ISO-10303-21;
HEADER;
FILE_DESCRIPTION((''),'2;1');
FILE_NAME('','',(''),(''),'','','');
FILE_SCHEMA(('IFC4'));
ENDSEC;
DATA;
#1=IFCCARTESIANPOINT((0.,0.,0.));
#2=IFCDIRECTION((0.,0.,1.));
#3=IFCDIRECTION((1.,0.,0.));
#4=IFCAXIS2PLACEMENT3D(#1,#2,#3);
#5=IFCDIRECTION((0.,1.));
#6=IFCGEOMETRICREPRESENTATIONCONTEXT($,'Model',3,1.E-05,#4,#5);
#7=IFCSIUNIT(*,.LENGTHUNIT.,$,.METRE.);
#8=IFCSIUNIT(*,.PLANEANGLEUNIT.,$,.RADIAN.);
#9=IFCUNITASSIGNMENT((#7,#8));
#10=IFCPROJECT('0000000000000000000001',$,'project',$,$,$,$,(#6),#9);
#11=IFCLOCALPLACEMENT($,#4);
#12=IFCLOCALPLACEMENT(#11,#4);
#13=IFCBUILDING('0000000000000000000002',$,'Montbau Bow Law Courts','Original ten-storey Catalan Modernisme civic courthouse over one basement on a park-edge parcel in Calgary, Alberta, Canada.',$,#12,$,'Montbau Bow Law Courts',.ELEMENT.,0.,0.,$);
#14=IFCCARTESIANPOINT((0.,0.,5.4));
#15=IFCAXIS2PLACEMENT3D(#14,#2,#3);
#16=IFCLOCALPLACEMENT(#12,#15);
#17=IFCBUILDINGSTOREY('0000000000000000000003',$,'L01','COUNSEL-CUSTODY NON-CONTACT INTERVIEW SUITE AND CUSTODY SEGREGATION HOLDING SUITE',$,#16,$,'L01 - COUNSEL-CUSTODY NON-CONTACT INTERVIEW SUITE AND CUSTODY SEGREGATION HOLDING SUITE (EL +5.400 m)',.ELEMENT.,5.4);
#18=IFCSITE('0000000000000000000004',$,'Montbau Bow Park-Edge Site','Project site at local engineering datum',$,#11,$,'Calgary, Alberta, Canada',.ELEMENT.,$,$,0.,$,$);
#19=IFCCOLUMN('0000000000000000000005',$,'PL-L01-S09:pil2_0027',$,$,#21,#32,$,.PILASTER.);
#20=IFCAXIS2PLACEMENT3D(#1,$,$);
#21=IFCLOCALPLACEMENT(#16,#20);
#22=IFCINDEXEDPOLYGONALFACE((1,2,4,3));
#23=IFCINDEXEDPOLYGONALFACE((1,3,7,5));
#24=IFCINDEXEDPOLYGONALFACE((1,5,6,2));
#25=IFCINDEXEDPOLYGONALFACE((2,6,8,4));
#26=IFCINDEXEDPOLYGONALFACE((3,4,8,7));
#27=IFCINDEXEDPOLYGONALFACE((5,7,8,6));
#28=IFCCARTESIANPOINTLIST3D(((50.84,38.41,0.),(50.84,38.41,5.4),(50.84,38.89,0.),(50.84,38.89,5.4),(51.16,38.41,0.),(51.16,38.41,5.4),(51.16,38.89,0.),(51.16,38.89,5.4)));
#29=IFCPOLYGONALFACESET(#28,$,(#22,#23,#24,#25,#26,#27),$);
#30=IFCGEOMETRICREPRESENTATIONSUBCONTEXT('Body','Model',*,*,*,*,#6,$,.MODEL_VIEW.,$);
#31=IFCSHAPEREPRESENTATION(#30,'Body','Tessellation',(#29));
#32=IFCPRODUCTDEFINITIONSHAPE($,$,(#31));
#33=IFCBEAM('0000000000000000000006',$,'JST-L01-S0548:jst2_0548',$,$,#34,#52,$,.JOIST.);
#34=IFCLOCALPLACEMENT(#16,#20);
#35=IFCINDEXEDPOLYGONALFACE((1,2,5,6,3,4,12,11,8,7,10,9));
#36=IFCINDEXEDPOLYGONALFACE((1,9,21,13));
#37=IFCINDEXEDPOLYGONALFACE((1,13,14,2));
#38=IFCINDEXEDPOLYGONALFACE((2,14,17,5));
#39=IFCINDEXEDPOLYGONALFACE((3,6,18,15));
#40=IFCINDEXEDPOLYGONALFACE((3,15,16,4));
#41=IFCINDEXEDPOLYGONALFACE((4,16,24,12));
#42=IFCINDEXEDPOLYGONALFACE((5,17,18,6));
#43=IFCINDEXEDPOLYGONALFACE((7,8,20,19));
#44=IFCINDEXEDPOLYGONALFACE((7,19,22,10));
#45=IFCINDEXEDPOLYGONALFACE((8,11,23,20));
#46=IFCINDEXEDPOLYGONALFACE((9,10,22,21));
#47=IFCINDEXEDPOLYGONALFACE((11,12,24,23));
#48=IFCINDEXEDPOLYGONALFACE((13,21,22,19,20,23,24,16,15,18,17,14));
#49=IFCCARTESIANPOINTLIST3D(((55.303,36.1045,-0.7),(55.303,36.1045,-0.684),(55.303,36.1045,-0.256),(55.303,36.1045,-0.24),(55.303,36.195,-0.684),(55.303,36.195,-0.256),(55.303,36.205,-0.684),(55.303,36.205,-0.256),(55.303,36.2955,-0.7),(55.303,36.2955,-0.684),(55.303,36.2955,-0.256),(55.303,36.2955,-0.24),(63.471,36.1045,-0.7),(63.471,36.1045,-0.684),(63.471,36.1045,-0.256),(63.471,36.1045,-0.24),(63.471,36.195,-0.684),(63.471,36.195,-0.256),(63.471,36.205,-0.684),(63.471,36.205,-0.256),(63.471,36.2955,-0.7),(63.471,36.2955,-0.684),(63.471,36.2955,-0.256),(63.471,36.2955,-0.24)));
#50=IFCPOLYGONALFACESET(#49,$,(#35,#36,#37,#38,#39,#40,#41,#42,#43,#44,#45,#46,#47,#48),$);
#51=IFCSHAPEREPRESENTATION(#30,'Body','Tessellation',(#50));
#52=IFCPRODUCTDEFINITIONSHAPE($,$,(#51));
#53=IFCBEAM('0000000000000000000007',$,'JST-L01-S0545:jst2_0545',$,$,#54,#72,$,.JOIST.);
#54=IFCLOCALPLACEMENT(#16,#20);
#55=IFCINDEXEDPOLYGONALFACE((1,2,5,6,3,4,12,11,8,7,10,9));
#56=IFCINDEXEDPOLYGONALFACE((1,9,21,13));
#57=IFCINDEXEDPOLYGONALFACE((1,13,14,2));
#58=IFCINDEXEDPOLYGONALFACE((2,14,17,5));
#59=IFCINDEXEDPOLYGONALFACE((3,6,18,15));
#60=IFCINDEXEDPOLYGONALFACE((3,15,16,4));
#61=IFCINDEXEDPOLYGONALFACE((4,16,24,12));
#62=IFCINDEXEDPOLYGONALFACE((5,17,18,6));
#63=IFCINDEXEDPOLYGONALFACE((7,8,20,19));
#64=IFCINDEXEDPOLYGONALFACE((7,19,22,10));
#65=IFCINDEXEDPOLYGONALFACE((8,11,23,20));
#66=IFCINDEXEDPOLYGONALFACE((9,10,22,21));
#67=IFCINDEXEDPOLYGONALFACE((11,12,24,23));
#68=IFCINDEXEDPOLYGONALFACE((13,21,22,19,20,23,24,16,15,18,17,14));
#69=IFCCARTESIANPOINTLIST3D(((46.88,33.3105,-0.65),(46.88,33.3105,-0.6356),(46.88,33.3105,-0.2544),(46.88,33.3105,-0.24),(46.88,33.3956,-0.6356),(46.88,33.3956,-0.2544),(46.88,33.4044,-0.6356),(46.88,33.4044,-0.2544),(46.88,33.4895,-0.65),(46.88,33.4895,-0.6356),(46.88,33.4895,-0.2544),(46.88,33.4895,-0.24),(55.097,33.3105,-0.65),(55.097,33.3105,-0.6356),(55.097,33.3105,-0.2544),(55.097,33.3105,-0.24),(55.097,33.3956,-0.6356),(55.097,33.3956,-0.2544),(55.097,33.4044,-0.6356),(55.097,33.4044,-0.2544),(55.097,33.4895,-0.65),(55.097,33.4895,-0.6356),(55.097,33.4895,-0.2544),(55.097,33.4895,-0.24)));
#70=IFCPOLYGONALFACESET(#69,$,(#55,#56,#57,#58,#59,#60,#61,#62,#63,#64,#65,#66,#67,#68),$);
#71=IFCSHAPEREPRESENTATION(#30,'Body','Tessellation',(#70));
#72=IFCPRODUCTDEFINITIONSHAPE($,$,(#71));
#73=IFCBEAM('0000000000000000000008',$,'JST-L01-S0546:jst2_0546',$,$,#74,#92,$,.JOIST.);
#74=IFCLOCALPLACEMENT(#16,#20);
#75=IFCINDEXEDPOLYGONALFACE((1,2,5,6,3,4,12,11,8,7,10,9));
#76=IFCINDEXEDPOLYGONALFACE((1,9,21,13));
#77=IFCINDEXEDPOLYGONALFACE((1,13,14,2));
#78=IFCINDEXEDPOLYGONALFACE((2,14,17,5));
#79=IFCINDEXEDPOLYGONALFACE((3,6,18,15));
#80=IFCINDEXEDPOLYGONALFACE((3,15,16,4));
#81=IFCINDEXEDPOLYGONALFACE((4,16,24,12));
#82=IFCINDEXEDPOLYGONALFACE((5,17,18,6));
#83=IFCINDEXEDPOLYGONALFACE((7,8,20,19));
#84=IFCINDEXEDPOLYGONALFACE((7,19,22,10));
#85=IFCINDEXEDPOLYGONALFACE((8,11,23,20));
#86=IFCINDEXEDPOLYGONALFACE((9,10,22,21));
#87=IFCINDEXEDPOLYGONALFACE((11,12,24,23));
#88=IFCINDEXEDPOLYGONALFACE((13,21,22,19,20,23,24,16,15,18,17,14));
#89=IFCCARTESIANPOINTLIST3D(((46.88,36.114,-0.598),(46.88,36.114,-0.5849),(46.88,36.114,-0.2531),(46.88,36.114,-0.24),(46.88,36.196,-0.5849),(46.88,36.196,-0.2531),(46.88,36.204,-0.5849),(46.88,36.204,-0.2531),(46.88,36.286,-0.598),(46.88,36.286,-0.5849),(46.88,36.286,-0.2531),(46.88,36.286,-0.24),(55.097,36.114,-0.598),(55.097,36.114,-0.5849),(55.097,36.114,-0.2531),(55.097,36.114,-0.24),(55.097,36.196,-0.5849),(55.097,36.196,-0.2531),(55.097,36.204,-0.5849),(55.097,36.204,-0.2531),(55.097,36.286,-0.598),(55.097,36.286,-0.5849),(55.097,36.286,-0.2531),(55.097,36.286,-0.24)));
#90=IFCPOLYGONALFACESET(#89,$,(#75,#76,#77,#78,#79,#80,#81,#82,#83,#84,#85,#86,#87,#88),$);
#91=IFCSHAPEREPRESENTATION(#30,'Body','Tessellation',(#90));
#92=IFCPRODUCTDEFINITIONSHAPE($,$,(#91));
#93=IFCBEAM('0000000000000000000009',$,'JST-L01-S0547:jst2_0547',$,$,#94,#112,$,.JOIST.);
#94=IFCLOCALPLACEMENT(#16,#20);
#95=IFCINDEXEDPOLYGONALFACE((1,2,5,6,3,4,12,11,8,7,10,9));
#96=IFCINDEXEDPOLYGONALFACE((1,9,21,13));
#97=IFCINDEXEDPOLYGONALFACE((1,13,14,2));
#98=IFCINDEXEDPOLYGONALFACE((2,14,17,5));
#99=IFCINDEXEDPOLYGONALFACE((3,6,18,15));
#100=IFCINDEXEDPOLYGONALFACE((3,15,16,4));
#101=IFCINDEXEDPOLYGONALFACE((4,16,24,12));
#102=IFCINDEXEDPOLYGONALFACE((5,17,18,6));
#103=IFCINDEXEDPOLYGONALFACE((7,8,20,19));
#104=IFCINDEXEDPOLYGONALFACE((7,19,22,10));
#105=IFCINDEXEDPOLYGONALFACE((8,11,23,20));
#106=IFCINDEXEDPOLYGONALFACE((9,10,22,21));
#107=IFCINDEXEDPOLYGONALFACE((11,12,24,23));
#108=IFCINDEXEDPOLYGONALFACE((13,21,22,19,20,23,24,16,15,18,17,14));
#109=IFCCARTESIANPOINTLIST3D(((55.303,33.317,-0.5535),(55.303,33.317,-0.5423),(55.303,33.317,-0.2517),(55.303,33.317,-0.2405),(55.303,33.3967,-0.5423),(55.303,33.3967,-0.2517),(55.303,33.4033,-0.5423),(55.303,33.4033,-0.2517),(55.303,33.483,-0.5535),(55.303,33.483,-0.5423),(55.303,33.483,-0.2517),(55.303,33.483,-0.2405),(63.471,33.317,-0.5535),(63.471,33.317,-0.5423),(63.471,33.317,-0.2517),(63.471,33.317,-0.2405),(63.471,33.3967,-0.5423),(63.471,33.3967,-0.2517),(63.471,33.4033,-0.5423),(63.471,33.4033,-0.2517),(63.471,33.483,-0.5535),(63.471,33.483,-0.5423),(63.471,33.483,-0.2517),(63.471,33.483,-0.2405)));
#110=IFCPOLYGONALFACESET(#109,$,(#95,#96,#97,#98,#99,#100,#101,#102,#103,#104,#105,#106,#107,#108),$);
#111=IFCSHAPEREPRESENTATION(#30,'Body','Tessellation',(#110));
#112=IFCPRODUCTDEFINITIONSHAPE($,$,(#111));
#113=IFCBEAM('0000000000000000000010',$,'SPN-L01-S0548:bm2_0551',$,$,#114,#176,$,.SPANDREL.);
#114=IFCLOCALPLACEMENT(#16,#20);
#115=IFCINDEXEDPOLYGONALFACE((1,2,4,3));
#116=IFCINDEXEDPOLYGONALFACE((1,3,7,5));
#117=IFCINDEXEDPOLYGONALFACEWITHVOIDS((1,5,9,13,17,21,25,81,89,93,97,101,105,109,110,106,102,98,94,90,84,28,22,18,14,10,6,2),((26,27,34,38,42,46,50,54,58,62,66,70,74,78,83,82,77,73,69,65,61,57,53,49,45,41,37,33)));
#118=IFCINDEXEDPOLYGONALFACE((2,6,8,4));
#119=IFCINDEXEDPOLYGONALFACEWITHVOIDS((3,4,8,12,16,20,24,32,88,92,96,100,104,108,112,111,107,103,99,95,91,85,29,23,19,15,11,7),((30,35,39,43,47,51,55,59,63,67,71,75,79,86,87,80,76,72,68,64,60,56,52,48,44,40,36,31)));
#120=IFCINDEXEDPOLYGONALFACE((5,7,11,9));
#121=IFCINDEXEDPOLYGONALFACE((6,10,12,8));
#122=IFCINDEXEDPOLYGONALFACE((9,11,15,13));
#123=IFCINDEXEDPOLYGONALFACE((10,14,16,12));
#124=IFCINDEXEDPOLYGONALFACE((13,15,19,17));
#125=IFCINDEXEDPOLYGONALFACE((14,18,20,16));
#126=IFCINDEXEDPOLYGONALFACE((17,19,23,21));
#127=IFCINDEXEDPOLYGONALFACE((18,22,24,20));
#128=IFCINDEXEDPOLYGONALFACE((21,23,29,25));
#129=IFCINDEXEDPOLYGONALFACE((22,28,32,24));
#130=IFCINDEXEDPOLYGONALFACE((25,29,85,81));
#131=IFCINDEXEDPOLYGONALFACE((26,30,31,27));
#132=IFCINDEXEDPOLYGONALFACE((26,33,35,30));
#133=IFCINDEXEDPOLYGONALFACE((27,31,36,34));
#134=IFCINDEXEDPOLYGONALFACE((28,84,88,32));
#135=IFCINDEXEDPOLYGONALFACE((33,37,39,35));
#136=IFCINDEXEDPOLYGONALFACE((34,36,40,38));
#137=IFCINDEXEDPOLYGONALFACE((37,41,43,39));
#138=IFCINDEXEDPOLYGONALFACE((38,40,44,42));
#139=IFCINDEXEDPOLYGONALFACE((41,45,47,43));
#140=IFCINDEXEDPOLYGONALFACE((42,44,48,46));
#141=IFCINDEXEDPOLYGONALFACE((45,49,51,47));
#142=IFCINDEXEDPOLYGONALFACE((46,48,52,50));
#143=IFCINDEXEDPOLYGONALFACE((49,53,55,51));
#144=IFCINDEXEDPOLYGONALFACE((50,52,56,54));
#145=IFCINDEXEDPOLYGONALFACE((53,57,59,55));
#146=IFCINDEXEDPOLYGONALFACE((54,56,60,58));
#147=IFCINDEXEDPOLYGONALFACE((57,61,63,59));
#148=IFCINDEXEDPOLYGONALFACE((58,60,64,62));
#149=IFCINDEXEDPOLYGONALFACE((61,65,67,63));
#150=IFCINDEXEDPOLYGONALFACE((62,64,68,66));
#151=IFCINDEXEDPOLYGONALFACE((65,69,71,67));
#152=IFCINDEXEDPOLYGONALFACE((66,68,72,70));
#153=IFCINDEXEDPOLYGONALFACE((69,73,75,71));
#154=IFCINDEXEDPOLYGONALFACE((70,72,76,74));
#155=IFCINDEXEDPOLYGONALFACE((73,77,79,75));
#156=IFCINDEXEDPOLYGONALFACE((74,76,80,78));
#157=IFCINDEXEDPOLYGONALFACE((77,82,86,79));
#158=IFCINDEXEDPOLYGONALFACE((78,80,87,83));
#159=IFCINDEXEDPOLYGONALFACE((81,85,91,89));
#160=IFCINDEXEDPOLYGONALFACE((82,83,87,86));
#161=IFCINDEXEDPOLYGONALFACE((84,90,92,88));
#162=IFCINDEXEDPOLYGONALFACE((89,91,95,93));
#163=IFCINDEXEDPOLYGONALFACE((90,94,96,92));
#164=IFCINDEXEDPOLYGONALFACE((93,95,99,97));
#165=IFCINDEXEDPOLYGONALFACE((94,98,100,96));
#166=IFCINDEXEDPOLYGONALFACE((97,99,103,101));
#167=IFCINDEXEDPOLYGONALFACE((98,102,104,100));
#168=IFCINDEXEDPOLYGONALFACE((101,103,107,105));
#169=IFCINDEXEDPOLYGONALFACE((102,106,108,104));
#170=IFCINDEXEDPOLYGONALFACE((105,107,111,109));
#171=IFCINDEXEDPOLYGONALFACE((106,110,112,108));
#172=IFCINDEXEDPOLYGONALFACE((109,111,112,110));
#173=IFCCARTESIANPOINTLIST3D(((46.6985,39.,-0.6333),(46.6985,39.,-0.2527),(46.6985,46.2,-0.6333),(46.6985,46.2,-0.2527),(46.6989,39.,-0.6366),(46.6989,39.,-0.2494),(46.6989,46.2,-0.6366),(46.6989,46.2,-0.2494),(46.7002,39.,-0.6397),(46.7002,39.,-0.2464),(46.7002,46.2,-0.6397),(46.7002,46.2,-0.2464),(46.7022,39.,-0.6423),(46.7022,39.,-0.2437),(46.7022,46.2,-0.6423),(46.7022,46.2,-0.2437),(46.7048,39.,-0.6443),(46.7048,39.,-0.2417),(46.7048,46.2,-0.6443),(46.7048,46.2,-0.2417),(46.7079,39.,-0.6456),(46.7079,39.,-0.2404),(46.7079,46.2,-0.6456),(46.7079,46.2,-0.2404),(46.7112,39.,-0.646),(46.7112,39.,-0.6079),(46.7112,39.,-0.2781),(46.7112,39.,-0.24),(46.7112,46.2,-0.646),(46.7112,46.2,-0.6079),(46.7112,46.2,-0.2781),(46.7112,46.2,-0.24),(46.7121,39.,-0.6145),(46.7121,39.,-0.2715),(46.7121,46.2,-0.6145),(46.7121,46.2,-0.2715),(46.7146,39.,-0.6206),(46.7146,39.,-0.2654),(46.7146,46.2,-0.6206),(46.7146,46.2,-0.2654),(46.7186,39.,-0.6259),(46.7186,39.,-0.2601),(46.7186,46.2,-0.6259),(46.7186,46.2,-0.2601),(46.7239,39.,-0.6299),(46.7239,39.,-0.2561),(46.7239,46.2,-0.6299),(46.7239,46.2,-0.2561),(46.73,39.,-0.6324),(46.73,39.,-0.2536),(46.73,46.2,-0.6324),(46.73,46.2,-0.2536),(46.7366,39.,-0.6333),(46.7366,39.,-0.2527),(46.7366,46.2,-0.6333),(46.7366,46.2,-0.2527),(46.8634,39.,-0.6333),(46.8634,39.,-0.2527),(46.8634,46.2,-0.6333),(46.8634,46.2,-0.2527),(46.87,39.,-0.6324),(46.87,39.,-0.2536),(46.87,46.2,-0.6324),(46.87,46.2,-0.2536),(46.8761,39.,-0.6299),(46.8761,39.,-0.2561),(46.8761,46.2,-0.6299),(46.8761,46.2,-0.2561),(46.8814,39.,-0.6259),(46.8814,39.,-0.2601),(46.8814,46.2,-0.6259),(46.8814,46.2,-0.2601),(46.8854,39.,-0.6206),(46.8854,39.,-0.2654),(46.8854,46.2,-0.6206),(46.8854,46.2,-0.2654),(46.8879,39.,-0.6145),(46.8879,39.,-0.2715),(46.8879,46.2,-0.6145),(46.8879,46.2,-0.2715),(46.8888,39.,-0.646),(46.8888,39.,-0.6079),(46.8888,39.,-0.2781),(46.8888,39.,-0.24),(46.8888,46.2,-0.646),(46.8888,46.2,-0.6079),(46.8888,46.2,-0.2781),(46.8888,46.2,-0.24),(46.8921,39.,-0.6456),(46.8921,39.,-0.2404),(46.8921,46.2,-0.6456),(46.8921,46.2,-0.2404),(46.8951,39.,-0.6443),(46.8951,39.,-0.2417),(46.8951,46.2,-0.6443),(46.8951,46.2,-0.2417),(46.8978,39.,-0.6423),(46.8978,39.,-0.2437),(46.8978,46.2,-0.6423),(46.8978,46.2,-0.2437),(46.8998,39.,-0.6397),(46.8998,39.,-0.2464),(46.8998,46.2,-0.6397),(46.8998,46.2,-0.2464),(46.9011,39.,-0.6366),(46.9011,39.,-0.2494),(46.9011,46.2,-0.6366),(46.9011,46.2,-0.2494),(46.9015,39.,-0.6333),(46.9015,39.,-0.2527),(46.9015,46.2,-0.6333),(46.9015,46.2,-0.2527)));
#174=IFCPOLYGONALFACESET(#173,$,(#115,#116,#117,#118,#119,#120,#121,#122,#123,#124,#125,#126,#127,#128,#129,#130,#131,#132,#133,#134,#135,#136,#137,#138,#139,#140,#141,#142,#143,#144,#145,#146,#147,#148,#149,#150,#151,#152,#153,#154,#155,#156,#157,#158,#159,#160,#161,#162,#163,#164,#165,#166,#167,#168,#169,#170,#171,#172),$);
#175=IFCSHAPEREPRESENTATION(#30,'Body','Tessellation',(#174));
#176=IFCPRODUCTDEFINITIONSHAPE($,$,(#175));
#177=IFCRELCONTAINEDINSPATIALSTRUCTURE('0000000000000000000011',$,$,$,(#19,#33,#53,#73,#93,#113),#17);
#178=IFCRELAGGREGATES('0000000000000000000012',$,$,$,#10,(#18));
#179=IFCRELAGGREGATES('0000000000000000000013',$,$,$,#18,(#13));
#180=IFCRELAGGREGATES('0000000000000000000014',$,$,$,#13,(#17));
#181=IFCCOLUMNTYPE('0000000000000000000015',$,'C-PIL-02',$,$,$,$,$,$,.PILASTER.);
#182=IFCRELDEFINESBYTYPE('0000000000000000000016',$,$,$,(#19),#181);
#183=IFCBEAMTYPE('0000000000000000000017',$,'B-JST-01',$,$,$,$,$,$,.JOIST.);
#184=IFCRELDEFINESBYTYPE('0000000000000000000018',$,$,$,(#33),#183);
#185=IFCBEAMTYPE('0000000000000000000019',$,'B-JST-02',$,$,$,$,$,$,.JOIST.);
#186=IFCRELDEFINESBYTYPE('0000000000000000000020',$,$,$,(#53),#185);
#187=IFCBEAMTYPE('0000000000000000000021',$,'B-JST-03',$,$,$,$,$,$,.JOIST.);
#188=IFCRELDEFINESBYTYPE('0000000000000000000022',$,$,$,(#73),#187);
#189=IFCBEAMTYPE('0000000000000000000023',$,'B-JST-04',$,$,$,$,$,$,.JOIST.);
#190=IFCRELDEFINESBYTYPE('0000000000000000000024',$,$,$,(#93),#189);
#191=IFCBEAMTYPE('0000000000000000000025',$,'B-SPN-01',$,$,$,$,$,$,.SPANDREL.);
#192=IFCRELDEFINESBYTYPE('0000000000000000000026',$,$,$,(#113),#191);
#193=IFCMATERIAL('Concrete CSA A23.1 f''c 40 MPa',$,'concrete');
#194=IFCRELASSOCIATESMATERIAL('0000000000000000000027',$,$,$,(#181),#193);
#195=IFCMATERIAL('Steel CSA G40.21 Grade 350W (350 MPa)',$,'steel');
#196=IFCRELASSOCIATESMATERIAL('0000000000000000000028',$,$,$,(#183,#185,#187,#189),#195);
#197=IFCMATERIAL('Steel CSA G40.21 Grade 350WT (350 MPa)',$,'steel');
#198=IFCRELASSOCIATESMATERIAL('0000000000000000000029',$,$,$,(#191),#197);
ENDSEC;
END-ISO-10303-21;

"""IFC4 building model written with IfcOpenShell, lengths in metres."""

from ifc_helpers import new_model, si_unit, direction, frame, origin_with_axes, origin_2d_with_axis, place, context, subcontext, project, spatial, rectangle, hollow_rectangle, i_section, extrude, material, material_profile, profile_set, type_object, element, save


model = new_model("IFC4")

# Units and contexts
model_context = context("Model", 3, precision=1e-05, world=origin_with_axes(), true_north=direction((0.0, 1.0)))
body_context = subcontext(model_context, "Body", "Model", "MODEL_VIEW")
ifc_project = project(units=[si_unit("LENGTHUNIT", "METRE"), si_unit("PLANEANGLEUNIT", "RADIAN")], contexts=[model_context])

# Site, building, storey
site_placement = place(None, origin_with_axes())
site = spatial("IfcSite", under=ifc_project, at=site_placement, Name="Montbau Bow Park-Edge Site", Description="Project site at local engineering datum", LongName="Calgary, Alberta, Canada", CompositionType="ELEMENT", RefElevation=0.0)
building_placement = place(site_placement, origin_with_axes())
building = spatial("IfcBuilding", under=site, at=building_placement, Name="Montbau Bow Law Courts", Description="Original ten-storey Catalan Modernisme civic courthouse over one basement on a park-edge parcel in Calgary, Alberta, Canada.", LongName="Montbau Bow Law Courts", CompositionType="ELEMENT", ElevationOfRefHeight=0.0, ElevationOfTerrain=0.0)
storey_placement = place(building_placement, frame((0.0, 0.0, 5.4), z_axis=(0.0, 0.0, 1.0), x_axis=(1.0, 0.0, 0.0)))
storey = spatial("IfcBuildingStorey", under=building, at=storey_placement, Name="L01", Description="COUNSEL-CUSTODY NON-CONTACT INTERVIEW SUITE AND CUSTODY SEGREGATION HOLDING SUITE", LongName="L01 - COUNSEL-CUSTODY NON-CONTACT INTERVIEW SUITE AND CUSTODY SEGREGATION HOLDING SUITE (EL +5.400 m)", CompositionType="ELEMENT", Elevation=5.4)

# Column
ifc_material_1 = material(Name="Concrete CSA A23.1 f'c 40 MPa", Category="concrete")
ifc_material_profile_1 = material_profile(ifc_material_1, rectangle(XDim=0.32, YDim=0.48, at=origin_2d_with_axis()), Name="RC480X320", Category="Main", Priority=0)
ifc_profile_set_1 = profile_set([ifc_material_profile_1], Name="Concrete CSA A23.1 f'c 40 MPa")
column_type = type_object("IfcColumnType", Name="C-PIL-02", PredefinedType="PILASTER", material=ifc_profile_set_1)
column_placement = place(None, frame((51.0, 38.65, 5.4), z_axis=(0.0, 0.0, 1.0), x_axis=(1.0, 0.0, 0.0)))
element("IfcColumn", 1, at=column_placement, inside=storey, type_object=column_type, Name="PL-L01-S09:pil2_0027", PredefinedType="PILASTER", context=body_context, shape_type="SweptSolid", body=[
    extrude(rectangle(XDim=0.32, YDim=0.48, at=origin_2d_with_axis()), origin_with_axes(), (0.0, 0.0, 1.0), 5.4),
])

# Beams
ifc_material_2 = material(Name="Steel CSA G40.21 Grade 350W (350 MPa)", Category="steel")
ifc_material_profile_2 = material_profile(ifc_material_2, i_section(OverallWidth=0.191, OverallDepth=0.46, WebThickness=0.0099, FlangeThickness=0.016, at=origin_2d_with_axis()), Name="W460X82", Category="Main", Priority=0)
ifc_profile_set_2 = profile_set([ifc_material_profile_2], Name="Steel CSA G40.21 Grade 350W (350 MPa)")
beam_type_1 = type_object("IfcBeamType", Name="B-JST-01", PredefinedType="JOIST", material=ifc_profile_set_2)
beam_1_placement = place(None, frame((55.303, 36.2, 4.93), z_axis=(1.0, 0.0, 0.0), x_axis=(0.0, 1.0, 0.0)))
element("IfcBeam", 2, at=beam_1_placement, inside=storey, type_object=beam_type_1, Name="JST-L01-S0548:jst2_0548", PredefinedType="JOIST", context=body_context, shape_type="SweptSolid", body=[
    extrude(i_section(OverallWidth=0.191, OverallDepth=0.46, WebThickness=0.0099, FlangeThickness=0.016, at=origin_2d_with_axis()), origin_with_axes(), (0.0, 0.0, 1.0), 8.168),
])
ifc_material_profile_3 = material_profile(ifc_material_2, i_section(OverallWidth=0.179, OverallDepth=0.41, WebThickness=0.0088, FlangeThickness=0.0144, at=origin_2d_with_axis()), Name="W410X67", Category="Main", Priority=0)
ifc_profile_set_3 = profile_set([ifc_material_profile_3], Name="Steel CSA G40.21 Grade 350W (350 MPa)")
beam_type_2 = type_object("IfcBeamType", Name="B-JST-02", PredefinedType="JOIST", material=ifc_profile_set_3)
beam_2_placement = place(None, frame((46.88, 33.4, 4.955), z_axis=(1.0, 0.0, 0.0), x_axis=(0.0, 1.0, 0.0)))
element("IfcBeam", 3, at=beam_2_placement, inside=storey, type_object=beam_type_2, Name="JST-L01-S0545:jst2_0545", PredefinedType="JOIST", context=body_context, shape_type="SweptSolid", body=[
    extrude(i_section(OverallWidth=0.179, OverallDepth=0.41, WebThickness=0.0088, FlangeThickness=0.0144, at=origin_2d_with_axis()), origin_with_axes(), (0.0, 0.0, 1.0), 8.217),
])
ifc_material_profile_4 = material_profile(ifc_material_2, i_section(OverallWidth=0.172, OverallDepth=0.358, WebThickness=0.0079, FlangeThickness=0.0131, at=origin_2d_with_axis()), Name="W360X57", Category="Main", Priority=0)
ifc_profile_set_4 = profile_set([ifc_material_profile_4], Name="Steel CSA G40.21 Grade 350W (350 MPa)")
beam_type_3 = type_object("IfcBeamType", Name="B-JST-03", PredefinedType="JOIST", material=ifc_profile_set_4)
beam_3_placement = place(None, frame((46.88, 36.2, 4.981), z_axis=(1.0, 0.0, 0.0), x_axis=(0.0, 1.0, 0.0)))
element("IfcBeam", 4, at=beam_3_placement, inside=storey, type_object=beam_type_3, Name="JST-L01-S0546:jst2_0546", PredefinedType="JOIST", context=body_context, shape_type="SweptSolid", body=[
    extrude(i_section(OverallWidth=0.172, OverallDepth=0.358, WebThickness=0.0079, FlangeThickness=0.0131, at=origin_2d_with_axis()), origin_with_axes(), (0.0, 0.0, 1.0), 8.217),
])
ifc_material_profile_5 = material_profile(ifc_material_2, i_section(OverallWidth=0.166, OverallDepth=0.313, WebThickness=0.0066, FlangeThickness=0.0112, at=origin_2d_with_axis()), Name="W310X45", Category="Main", Priority=0)
ifc_profile_set_5 = profile_set([ifc_material_profile_5], Name="Steel CSA G40.21 Grade 350W (350 MPa)")
beam_type_4 = type_object("IfcBeamType", Name="B-JST-04", PredefinedType="JOIST", material=ifc_profile_set_5)
beam_4_placement = place(None, frame((55.303, 33.4, 5.003), z_axis=(1.0, 0.0, 0.0), x_axis=(0.0, 1.0, 0.0)))
element("IfcBeam", 5, at=beam_4_placement, inside=storey, type_object=beam_type_4, Name="JST-L01-S0547:jst2_0547", PredefinedType="JOIST", context=body_context, shape_type="SweptSolid", body=[
    extrude(i_section(OverallWidth=0.166, OverallDepth=0.313, WebThickness=0.0066, FlangeThickness=0.0112, at=origin_2d_with_axis()), origin_with_axes(), (0.0, 0.0, 1.0), 8.168),
])
ifc_material_3 = material(Name="Steel CSA G40.21 Grade 350WT (350 MPa)", Category="steel")
ifc_material_profile_6 = material_profile(ifc_material_3, hollow_rectangle(XDim=0.203, YDim=0.406, WallThickness=0.0127, InnerFilletRadius=0.0254, OuterFilletRadius=0.0127, at=origin_2d_with_axis()), Name="HSS406X203X13", Category="Main", Priority=0)
ifc_profile_set_6 = profile_set([ifc_material_profile_6], Name="Steel CSA G40.21 Grade 350WT (350 MPa)")
beam_type_5 = type_object("IfcBeamType", Name="B-SPN-01", PredefinedType="SPANDREL", material=ifc_profile_set_6)
beam_5_placement = place(None, frame((46.8, 39.0, 4.957), z_axis=(0.0, 1.0, 0.0), x_axis=(-1.0, 0.0, 0.0)))
element("IfcBeam", 6, at=beam_5_placement, inside=storey, type_object=beam_type_5, Name="SPN-L01-S0548:bm2_0551", PredefinedType="SPANDREL", context=body_context, shape_type="SweptSolid", body=[
    extrude(hollow_rectangle(XDim=0.203, YDim=0.406, WallThickness=0.0127, InnerFilletRadius=0.0254, OuterFilletRadius=0.0127, at=origin_2d_with_axis()), origin_with_axes(), (0.0, 0.0, 1.0), 7.2),
])

save(model, "model.ifc")
